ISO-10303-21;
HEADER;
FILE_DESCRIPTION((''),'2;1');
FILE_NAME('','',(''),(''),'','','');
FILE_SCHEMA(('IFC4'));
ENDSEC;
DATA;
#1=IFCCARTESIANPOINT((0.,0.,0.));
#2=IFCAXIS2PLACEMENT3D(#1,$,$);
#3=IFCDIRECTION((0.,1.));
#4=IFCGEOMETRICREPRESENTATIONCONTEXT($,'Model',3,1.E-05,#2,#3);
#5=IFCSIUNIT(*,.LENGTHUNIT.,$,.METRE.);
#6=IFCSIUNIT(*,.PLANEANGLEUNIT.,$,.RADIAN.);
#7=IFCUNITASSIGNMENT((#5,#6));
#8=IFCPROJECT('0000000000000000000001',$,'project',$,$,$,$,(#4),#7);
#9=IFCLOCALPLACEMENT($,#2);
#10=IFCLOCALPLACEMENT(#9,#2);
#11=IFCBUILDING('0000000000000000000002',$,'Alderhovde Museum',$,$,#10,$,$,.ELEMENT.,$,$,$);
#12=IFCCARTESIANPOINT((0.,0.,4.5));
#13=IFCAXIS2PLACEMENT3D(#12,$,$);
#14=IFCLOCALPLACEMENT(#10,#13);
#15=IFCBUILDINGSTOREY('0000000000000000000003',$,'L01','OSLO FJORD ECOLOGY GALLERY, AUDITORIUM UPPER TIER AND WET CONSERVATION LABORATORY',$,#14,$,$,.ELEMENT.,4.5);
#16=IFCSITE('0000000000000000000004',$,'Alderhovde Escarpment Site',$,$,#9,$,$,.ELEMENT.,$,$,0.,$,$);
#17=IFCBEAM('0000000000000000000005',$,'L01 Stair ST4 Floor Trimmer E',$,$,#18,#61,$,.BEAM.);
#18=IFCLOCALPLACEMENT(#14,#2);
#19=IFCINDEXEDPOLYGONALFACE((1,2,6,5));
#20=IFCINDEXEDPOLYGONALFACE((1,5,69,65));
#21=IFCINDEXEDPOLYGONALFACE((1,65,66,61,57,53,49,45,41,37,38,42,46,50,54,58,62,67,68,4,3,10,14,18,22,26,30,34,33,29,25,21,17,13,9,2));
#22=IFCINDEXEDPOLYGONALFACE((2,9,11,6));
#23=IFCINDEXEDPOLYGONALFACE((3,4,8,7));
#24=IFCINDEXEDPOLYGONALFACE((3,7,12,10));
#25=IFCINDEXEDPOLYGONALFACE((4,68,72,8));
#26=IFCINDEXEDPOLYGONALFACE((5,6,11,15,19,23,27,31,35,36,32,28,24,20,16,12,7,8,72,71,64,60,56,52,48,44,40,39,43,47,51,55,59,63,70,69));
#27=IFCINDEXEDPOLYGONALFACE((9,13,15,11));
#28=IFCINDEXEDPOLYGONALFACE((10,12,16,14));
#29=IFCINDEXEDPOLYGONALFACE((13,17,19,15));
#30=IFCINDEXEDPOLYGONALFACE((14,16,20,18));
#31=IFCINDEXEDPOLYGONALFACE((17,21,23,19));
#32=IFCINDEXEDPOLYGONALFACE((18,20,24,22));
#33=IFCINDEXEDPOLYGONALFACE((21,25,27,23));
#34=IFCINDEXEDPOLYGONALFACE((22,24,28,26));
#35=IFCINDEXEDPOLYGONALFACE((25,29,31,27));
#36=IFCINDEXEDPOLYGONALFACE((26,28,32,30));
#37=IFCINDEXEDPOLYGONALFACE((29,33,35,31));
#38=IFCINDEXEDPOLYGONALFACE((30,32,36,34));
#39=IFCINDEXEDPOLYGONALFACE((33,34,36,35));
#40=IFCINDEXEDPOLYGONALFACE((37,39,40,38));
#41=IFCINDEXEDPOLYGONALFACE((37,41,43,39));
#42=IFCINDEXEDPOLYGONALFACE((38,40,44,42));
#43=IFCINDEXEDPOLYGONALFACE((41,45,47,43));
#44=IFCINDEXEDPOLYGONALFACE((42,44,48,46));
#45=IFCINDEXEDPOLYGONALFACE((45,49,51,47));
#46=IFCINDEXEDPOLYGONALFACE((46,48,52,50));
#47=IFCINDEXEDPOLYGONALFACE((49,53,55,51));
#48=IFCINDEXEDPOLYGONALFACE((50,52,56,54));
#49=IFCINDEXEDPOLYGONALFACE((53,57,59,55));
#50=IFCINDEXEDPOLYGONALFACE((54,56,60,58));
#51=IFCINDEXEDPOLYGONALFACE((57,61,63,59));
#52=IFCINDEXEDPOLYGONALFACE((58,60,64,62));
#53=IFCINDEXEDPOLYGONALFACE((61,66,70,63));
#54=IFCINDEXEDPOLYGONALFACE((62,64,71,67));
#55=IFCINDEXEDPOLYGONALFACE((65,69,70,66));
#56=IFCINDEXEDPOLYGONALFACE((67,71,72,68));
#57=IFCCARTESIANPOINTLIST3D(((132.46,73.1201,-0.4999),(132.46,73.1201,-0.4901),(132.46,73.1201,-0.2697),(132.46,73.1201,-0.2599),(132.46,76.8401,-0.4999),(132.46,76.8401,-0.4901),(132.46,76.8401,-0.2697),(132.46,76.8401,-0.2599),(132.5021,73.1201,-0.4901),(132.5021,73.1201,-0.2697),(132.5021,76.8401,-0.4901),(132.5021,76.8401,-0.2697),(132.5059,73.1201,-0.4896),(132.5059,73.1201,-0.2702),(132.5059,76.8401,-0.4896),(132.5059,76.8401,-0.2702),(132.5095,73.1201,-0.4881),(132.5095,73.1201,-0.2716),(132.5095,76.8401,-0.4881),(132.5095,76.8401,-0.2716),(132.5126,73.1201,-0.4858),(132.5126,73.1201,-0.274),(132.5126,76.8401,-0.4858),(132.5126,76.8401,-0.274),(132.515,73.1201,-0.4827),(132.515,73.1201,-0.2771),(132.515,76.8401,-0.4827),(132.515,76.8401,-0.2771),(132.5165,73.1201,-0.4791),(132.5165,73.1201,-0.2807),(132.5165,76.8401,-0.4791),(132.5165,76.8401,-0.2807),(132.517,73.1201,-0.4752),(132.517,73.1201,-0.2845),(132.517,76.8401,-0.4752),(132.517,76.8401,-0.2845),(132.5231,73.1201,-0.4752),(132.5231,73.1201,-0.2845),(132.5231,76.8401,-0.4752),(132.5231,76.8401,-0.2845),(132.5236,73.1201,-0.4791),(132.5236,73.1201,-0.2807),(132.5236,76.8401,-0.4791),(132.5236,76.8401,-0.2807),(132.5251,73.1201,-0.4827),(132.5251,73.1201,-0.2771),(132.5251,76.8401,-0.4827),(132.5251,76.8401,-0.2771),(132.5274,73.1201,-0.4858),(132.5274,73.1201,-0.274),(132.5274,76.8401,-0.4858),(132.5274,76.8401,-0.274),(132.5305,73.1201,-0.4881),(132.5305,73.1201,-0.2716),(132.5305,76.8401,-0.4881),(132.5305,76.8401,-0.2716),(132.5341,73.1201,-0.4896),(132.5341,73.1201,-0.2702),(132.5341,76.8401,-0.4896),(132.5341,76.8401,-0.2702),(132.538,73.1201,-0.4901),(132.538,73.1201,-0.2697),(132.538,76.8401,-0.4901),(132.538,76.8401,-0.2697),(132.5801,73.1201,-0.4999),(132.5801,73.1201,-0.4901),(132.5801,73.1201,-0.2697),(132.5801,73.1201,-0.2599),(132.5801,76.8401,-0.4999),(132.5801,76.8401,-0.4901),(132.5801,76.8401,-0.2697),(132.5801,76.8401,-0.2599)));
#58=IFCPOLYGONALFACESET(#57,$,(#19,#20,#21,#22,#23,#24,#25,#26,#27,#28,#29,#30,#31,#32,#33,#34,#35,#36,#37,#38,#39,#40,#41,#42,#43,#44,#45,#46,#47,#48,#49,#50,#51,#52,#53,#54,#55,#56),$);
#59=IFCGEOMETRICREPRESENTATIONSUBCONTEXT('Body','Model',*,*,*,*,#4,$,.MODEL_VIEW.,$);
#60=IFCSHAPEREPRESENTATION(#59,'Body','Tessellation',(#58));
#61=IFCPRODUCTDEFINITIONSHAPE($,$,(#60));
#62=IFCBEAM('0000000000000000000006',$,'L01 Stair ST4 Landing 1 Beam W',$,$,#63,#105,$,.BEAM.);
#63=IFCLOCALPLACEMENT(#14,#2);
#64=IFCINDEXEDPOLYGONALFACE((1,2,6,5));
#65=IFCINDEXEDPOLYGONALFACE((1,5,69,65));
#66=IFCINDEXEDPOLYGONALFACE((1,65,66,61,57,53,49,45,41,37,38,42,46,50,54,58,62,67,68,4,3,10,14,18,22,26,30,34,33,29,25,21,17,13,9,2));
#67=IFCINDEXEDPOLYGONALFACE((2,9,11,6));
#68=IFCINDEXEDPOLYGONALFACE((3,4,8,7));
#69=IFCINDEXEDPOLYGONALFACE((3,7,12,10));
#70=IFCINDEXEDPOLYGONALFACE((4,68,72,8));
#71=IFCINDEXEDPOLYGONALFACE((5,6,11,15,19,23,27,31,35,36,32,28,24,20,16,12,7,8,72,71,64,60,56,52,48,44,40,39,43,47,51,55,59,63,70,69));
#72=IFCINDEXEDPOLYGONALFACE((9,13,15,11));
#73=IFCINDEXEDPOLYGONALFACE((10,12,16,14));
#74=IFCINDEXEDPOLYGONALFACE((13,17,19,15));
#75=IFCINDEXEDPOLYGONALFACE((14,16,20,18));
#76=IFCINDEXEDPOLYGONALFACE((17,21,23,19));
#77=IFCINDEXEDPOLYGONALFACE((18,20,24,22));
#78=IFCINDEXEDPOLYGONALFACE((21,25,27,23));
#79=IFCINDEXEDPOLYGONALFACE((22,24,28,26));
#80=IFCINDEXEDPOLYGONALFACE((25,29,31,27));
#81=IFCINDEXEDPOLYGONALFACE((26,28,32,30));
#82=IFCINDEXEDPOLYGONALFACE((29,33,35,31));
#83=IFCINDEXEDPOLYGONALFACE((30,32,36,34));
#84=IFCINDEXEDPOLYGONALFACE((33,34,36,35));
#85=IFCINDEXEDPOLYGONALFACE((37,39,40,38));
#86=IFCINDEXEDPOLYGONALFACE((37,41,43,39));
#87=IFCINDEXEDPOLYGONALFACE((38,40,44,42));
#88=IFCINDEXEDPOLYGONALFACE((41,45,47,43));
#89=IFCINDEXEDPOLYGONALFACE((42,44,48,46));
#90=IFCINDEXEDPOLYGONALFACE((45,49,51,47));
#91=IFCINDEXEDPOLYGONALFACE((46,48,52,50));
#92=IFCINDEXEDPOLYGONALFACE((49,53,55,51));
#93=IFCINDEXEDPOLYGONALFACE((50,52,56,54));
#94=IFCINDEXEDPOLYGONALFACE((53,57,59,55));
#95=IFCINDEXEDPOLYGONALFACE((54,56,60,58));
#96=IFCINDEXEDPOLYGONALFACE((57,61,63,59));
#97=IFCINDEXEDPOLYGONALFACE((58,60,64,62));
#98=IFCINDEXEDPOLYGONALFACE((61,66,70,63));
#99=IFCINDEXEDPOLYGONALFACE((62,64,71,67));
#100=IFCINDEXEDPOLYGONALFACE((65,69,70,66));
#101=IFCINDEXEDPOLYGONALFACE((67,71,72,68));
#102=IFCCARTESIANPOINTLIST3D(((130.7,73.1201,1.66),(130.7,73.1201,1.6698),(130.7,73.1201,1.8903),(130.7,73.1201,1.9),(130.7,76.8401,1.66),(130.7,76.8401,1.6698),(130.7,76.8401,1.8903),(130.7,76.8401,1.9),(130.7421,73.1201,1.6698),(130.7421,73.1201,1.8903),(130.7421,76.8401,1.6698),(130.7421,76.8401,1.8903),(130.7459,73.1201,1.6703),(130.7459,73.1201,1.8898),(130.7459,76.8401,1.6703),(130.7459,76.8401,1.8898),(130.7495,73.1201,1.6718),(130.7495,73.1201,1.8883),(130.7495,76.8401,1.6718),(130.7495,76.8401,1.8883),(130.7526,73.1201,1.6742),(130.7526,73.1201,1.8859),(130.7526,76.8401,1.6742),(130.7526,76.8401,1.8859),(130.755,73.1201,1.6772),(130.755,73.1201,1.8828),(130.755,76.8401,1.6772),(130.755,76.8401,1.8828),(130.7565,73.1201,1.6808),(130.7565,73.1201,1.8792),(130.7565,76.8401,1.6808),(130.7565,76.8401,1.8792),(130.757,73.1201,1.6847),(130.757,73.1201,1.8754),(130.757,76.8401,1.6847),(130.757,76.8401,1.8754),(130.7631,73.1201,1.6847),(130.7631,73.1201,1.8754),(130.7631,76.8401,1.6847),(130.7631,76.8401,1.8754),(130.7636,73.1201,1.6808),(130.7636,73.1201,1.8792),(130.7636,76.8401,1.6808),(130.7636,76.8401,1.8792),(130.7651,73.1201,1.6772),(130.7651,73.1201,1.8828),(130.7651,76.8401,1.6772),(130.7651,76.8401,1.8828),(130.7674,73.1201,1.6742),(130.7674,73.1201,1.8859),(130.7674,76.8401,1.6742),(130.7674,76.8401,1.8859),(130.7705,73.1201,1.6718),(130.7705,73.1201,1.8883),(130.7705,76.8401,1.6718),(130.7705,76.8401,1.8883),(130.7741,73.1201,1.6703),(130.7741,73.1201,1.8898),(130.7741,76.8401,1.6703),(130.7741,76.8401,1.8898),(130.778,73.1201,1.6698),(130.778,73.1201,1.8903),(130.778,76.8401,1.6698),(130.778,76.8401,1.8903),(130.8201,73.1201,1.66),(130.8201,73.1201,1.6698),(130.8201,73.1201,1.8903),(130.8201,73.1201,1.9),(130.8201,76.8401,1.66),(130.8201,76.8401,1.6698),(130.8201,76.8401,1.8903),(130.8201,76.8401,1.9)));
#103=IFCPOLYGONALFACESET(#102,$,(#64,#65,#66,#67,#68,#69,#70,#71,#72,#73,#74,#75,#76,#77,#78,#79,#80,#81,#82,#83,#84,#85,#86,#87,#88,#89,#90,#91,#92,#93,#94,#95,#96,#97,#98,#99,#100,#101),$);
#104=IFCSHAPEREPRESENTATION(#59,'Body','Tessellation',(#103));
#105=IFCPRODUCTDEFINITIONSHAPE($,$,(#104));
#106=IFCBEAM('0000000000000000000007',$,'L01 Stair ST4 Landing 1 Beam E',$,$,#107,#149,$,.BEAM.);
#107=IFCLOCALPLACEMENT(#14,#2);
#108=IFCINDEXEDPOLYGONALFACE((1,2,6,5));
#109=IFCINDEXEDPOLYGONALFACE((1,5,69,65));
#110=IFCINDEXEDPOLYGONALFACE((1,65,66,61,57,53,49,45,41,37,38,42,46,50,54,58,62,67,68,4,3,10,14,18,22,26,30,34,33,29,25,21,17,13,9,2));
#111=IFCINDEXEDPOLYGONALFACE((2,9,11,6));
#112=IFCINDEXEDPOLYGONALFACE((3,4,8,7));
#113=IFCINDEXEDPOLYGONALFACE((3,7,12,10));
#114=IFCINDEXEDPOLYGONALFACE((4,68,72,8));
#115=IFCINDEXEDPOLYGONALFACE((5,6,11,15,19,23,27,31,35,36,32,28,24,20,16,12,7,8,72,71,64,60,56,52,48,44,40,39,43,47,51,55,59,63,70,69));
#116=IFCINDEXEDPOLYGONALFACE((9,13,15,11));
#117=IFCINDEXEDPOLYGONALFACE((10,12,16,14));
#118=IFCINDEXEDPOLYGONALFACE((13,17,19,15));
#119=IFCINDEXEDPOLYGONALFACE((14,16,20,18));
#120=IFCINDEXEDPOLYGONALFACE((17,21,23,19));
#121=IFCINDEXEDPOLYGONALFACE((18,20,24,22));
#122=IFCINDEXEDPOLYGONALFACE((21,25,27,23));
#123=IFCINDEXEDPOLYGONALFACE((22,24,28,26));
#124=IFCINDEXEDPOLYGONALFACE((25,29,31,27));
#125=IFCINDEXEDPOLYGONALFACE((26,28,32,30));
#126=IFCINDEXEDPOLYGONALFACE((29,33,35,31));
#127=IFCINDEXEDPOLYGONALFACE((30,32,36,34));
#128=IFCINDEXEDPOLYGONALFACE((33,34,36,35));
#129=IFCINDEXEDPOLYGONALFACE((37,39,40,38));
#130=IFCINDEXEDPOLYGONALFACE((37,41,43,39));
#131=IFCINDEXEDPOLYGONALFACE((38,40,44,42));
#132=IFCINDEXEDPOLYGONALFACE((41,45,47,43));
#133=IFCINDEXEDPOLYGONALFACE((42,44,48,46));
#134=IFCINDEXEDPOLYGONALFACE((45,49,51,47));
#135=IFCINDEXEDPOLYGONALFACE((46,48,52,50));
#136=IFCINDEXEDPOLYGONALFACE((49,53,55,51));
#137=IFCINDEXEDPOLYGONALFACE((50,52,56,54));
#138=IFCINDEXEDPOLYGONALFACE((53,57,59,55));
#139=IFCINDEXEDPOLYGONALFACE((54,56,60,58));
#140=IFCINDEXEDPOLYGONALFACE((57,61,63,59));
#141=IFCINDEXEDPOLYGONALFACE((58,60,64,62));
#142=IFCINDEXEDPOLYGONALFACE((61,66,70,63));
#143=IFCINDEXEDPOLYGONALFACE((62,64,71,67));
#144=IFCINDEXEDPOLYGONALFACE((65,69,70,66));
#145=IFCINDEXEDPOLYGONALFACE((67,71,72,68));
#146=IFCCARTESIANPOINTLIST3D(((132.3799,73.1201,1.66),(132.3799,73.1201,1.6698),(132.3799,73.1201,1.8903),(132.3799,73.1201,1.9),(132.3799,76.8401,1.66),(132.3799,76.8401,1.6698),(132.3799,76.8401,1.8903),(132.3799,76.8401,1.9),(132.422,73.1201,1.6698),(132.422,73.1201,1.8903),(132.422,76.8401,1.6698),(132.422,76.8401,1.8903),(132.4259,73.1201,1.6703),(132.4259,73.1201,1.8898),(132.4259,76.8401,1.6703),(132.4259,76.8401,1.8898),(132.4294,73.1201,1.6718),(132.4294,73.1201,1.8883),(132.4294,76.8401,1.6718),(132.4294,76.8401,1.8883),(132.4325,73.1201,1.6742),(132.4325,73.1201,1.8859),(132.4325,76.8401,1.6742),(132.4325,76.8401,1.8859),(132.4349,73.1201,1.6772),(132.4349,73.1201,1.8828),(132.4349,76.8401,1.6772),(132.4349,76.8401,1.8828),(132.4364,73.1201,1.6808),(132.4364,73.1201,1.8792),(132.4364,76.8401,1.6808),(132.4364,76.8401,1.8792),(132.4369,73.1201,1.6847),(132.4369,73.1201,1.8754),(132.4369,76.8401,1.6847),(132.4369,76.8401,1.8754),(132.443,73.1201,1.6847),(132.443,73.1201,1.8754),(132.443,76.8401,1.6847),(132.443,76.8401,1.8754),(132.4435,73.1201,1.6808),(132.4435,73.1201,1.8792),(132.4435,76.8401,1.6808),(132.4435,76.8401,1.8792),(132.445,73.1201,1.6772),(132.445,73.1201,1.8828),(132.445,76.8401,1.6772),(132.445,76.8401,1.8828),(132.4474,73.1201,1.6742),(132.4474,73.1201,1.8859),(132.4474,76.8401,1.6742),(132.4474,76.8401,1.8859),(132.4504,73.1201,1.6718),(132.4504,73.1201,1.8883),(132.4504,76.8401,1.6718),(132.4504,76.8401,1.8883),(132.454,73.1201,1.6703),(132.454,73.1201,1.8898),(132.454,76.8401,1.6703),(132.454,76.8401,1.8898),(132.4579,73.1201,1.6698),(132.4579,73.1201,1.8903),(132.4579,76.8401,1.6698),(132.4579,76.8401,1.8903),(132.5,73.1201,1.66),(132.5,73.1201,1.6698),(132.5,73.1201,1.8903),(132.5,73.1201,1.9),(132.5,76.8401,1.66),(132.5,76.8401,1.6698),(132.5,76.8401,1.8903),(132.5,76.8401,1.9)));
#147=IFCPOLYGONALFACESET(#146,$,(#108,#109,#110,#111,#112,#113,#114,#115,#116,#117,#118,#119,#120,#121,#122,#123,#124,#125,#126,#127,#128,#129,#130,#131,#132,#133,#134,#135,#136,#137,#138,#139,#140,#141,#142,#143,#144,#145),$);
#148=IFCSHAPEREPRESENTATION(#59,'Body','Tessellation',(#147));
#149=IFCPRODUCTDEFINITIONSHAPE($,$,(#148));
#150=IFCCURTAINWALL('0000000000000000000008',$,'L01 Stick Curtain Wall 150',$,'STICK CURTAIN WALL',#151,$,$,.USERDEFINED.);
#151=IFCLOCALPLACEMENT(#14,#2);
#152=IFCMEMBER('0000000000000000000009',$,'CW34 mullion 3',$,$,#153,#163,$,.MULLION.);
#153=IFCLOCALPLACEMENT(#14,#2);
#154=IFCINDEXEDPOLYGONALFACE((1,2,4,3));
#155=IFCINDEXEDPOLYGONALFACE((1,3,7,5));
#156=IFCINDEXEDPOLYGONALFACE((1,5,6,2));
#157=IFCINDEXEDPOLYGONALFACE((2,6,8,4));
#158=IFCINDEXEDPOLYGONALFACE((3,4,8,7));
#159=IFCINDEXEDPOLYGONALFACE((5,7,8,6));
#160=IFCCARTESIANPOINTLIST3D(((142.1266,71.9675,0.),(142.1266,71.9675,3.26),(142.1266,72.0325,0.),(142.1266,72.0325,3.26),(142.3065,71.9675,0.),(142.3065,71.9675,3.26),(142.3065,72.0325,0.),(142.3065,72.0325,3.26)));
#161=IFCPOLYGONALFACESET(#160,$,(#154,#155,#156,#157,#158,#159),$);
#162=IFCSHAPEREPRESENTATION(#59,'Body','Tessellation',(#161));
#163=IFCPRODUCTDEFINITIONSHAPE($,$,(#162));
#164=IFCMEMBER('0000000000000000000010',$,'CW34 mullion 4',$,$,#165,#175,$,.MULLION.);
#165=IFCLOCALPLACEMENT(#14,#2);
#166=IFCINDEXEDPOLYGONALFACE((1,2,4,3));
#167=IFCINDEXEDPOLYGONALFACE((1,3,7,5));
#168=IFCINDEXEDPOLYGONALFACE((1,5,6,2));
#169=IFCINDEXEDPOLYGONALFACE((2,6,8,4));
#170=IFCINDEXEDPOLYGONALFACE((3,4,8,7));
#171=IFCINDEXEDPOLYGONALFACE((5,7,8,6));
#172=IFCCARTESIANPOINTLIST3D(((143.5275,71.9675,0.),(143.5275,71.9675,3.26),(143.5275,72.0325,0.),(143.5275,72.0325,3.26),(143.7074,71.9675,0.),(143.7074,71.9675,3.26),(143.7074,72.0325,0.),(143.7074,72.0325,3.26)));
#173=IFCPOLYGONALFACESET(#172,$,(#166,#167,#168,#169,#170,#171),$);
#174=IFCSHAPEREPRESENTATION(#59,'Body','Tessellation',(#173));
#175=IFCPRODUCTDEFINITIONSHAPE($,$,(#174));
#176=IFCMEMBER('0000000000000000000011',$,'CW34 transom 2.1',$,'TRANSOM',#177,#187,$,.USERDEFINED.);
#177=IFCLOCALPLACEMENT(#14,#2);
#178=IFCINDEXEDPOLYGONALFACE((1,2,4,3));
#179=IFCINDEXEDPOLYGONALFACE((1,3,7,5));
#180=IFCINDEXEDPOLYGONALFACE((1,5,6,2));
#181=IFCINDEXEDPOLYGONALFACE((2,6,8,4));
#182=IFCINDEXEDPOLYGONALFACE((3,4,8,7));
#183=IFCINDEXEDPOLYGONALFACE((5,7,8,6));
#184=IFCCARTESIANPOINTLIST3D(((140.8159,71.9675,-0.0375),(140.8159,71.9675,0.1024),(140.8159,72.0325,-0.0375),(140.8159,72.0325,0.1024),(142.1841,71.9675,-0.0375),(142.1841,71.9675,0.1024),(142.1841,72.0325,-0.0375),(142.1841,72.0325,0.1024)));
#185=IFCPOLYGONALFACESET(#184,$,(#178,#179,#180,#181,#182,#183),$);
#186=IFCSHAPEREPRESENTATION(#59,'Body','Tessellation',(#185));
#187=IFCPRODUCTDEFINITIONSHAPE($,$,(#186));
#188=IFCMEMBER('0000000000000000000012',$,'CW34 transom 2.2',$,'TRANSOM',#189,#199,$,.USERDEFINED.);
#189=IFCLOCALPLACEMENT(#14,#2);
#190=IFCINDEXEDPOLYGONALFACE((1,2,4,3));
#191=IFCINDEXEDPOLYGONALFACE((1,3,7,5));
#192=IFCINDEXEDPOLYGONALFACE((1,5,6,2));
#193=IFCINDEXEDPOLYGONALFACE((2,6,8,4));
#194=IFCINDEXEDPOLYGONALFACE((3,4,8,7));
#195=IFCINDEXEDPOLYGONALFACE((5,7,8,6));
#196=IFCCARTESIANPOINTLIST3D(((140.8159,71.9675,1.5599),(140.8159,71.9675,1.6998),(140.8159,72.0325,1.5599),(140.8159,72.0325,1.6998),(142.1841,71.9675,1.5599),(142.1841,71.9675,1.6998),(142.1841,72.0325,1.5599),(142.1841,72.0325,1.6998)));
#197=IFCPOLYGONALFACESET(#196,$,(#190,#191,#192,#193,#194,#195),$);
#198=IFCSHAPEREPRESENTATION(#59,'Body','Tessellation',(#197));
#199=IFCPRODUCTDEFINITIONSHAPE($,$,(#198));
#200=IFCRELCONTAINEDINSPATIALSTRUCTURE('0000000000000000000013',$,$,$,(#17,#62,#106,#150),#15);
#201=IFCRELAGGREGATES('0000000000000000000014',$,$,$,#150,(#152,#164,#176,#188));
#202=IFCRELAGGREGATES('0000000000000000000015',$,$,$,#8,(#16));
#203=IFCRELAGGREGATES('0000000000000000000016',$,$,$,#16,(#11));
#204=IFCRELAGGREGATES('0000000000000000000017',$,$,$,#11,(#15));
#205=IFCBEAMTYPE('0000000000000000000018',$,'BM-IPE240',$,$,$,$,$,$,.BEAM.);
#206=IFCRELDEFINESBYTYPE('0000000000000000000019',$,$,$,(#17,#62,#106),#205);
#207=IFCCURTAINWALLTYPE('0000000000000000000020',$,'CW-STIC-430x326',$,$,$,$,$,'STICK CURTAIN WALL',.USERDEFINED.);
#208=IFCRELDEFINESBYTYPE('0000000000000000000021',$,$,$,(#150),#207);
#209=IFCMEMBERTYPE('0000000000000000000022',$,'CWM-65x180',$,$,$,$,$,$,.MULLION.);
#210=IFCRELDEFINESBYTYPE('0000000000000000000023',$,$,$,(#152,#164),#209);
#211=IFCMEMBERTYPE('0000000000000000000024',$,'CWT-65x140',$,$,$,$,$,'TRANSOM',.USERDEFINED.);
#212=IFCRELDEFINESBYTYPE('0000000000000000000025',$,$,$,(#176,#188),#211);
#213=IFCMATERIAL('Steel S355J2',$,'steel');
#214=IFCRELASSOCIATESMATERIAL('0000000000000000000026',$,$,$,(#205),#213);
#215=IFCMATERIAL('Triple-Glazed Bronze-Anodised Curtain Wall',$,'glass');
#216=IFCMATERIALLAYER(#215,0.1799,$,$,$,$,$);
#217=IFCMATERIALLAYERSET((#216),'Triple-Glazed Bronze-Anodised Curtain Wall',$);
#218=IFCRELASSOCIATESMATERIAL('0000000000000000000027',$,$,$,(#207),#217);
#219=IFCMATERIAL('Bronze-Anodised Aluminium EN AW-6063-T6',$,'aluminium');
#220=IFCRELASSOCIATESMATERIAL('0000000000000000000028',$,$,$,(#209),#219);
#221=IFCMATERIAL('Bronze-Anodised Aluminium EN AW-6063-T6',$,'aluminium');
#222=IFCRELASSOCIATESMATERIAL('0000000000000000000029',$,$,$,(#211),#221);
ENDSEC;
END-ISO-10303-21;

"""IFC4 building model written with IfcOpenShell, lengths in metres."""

from ifc_helpers import new_model, si_unit, direction, frame, origin, origin_2d, place, context, subcontext, project, spatial, rectangle, i_section, extrude, material, layer, layer_set, material_profile, profile_set, type_object, element, aggregate, save


model = new_model("IFC4")

# Units and contexts
model_context = context("Model", 3, precision=1e-05, world=origin(), true_north=direction((0.0, 1.0)))
body_context = subcontext(model_context, "Body", "Model", "MODEL_VIEW")
ifc_project = project(units=[si_unit("LENGTHUNIT", "METRE"), si_unit("PLANEANGLEUNIT", "RADIAN")], contexts=[model_context])

# Site, building, storey
site_placement = place(None, origin())
site = spatial("IfcSite", under=ifc_project, at=site_placement, Name="Alderhovde Escarpment Site", CompositionType="ELEMENT", RefElevation=0.0)
building_placement = place(site_placement, origin())
building = spatial("IfcBuilding", under=site, at=building_placement, Name="Alderhovde Museum", CompositionType="ELEMENT")
storey_placement = place(building_placement, frame((0.0, 0.0, 4.5)))
storey = spatial("IfcBuildingStorey", under=building, at=storey_placement, Name="L01", Description="OSLO FJORD ECOLOGY GALLERY, AUDITORIUM UPPER TIER AND WET CONSERVATION LABORATORY", CompositionType="ELEMENT", Elevation=4.5)

# Beams
ifc_material_1 = material(Name="Steel S355J2", Category="steel")
ifc_material_profile_1 = material_profile(ifc_material_1, i_section(OverallWidth=0.1201, OverallDepth=0.24, WebThickness=0.0061, FlangeThickness=0.0098, FilletRadius=0.0149, at=origin_2d()), Name="IPE 240")
ifc_profile_set_1 = profile_set([ifc_material_profile_1], Name="Steel S355J2")
beam_type_1 = type_object("IfcBeamType", Name="BM-IPE240", PredefinedType="BEAM", material=ifc_profile_set_1)
for number, where, z_axis, x_axis, name in (
    (1, (132.52, 73.1201, -0.3799), (0.0, 1.0, 0.0), (-1.0, 0.0, 0.0), "L01 Stair ST4 Floor Trimmer E"),
    (2, (130.76, 73.1201, 1.78), (0.0, 1.0, 0.0), (-1.0, 0.0, 0.0), "L01 Stair ST4 Landing 1 Beam W"),
    (3, (132.4399, 73.1201, 1.78), (0.0, 1.0, 0.0), (-1.0, 0.0, 0.0), "L01 Stair ST4 Landing 1 Beam E"),
):
    element("IfcBeam", number, at=place(storey_placement, frame(where, z_axis=z_axis, x_axis=x_axis)), inside=storey, type_object=beam_type_1, Name=name, PredefinedType="BEAM", context=body_context, shape_type="SweptSolid", body=[
        extrude(i_section(OverallWidth=0.1201, OverallDepth=0.24, WebThickness=0.0061, FlangeThickness=0.0098, FilletRadius=0.0149, at=origin_2d()), origin(), (0.0, 0.0, 1.0), 3.72),
    ])

# Curtain wall, members
ifc_material_2 = material(Name="Triple-Glazed Bronze-Anodised Curtain Wall", Category="glass")
ifc_layer_1 = layer(ifc_material_2, 0.1799)
ifc_layer_set_1 = layer_set([ifc_layer_1], Name="Triple-Glazed Bronze-Anodised Curtain Wall")
curtain_wall_type = type_object("IfcCurtainWallType", Name="CW-STIC-430x326", ElementType="STICK CURTAIN WALL", PredefinedType="USERDEFINED", material=ifc_layer_set_1)
curtain_wall_placement = place(storey_placement, origin())
curtain_wall = element("IfcCurtainWall", 4, at=curtain_wall_placement, inside=storey, type_object=curtain_wall_type, Name="L01 Stick Curtain Wall 150", ObjectType="STICK CURTAIN WALL", PredefinedType="USERDEFINED")
ifc_material_3 = material(Name="Bronze-Anodised Aluminium EN AW-6063-T6", Category="aluminium")
ifc_material_profile_2 = material_profile(ifc_material_3, rectangle(XDim=0.0649, YDim=0.1799, at=origin_2d()), Name="MULLION 65x180")
ifc_profile_set_2 = profile_set([ifc_material_profile_2], Name="Bronze-Anodised Aluminium EN AW-6063-T6")
member_type_1 = type_object("IfcMemberType", Name="CWM-65x180", PredefinedType="MULLION", material=ifc_profile_set_2)
member_1_placement = place(storey_placement, frame((142.2166, 72.0, 0.0), z_axis=(0.0, 0.0, 1.0), x_axis=(0.0, 1.0, 0.0)))
member_1 = element("IfcMember", 5, at=member_1_placement, type_object=member_type_1, Name="CW34 mullion 3", PredefinedType="MULLION", context=body_context, shape_type="SweptSolid", body=[
    extrude(rectangle(XDim=0.0649, YDim=0.1799, at=origin_2d()), origin(), (0.0, 0.0, 1.0), 3.26),
])
member_2_placement = place(storey_placement, frame((143.6174, 72.0, 0.0), z_axis=(0.0, 0.0, 1.0), x_axis=(0.0, 1.0, 0.0)))
member_2 = element("IfcMember", 6, at=member_2_placement, type_object=member_type_1, Name="CW34 mullion 4", PredefinedType="MULLION", context=body_context, shape_type="SweptSolid", body=[
    extrude(rectangle(XDim=0.0649, YDim=0.1799, at=origin_2d()), origin(), (0.0, 0.0, 1.0), 3.26),
])
ifc_material_4 = material(Name="Bronze-Anodised Aluminium EN AW-6063-T6", Category="aluminium")
ifc_material_profile_3 = material_profile(ifc_material_4, rectangle(XDim=0.0649, YDim=0.1399, at=origin_2d()), Name="TRANSOM 65x140")
ifc_profile_set_3 = profile_set([ifc_material_profile_3], Name="Bronze-Anodised Aluminium EN AW-6063-T6")
member_type_2 = type_object("IfcMemberType", Name="CWT-65x140", ElementType="TRANSOM", PredefinedType="USERDEFINED", material=ifc_profile_set_3)
member_3_placement = place(storey_placement, frame((140.8159, 72.0, 0.0325), z_axis=(1.0, 0.0, 0.0), x_axis=(0.0, 1.0, 0.0)))
member_3 = element("IfcMember", 7, at=member_3_placement, type_object=member_type_2, Name="CW34 transom 2.1", ObjectType="TRANSOM", PredefinedType="USERDEFINED", context=body_context, shape_type="SweptSolid", body=[
    extrude(rectangle(XDim=0.0649, YDim=0.1399, at=origin_2d()), origin(), (0.0, 0.0, 1.0), 1.3682),
])
member_4_placement = place(storey_placement, frame((140.8159, 72.0, 1.6299), z_axis=(1.0, 0.0, 0.0), x_axis=(0.0, 1.0, 0.0)))
member_4 = element("IfcMember", 8, at=member_4_placement, type_object=member_type_2, Name="CW34 transom 2.2", ObjectType="TRANSOM", PredefinedType="USERDEFINED", context=body_context, shape_type="SweptSolid", body=[
    extrude(rectangle(XDim=0.0649, YDim=0.1399, at=origin_2d()), origin(), (0.0, 0.0, 1.0), 1.3682),
])

aggregate(curtain_wall, [member_1, member_2, member_3, member_4])

save(model, "model.ifc")
